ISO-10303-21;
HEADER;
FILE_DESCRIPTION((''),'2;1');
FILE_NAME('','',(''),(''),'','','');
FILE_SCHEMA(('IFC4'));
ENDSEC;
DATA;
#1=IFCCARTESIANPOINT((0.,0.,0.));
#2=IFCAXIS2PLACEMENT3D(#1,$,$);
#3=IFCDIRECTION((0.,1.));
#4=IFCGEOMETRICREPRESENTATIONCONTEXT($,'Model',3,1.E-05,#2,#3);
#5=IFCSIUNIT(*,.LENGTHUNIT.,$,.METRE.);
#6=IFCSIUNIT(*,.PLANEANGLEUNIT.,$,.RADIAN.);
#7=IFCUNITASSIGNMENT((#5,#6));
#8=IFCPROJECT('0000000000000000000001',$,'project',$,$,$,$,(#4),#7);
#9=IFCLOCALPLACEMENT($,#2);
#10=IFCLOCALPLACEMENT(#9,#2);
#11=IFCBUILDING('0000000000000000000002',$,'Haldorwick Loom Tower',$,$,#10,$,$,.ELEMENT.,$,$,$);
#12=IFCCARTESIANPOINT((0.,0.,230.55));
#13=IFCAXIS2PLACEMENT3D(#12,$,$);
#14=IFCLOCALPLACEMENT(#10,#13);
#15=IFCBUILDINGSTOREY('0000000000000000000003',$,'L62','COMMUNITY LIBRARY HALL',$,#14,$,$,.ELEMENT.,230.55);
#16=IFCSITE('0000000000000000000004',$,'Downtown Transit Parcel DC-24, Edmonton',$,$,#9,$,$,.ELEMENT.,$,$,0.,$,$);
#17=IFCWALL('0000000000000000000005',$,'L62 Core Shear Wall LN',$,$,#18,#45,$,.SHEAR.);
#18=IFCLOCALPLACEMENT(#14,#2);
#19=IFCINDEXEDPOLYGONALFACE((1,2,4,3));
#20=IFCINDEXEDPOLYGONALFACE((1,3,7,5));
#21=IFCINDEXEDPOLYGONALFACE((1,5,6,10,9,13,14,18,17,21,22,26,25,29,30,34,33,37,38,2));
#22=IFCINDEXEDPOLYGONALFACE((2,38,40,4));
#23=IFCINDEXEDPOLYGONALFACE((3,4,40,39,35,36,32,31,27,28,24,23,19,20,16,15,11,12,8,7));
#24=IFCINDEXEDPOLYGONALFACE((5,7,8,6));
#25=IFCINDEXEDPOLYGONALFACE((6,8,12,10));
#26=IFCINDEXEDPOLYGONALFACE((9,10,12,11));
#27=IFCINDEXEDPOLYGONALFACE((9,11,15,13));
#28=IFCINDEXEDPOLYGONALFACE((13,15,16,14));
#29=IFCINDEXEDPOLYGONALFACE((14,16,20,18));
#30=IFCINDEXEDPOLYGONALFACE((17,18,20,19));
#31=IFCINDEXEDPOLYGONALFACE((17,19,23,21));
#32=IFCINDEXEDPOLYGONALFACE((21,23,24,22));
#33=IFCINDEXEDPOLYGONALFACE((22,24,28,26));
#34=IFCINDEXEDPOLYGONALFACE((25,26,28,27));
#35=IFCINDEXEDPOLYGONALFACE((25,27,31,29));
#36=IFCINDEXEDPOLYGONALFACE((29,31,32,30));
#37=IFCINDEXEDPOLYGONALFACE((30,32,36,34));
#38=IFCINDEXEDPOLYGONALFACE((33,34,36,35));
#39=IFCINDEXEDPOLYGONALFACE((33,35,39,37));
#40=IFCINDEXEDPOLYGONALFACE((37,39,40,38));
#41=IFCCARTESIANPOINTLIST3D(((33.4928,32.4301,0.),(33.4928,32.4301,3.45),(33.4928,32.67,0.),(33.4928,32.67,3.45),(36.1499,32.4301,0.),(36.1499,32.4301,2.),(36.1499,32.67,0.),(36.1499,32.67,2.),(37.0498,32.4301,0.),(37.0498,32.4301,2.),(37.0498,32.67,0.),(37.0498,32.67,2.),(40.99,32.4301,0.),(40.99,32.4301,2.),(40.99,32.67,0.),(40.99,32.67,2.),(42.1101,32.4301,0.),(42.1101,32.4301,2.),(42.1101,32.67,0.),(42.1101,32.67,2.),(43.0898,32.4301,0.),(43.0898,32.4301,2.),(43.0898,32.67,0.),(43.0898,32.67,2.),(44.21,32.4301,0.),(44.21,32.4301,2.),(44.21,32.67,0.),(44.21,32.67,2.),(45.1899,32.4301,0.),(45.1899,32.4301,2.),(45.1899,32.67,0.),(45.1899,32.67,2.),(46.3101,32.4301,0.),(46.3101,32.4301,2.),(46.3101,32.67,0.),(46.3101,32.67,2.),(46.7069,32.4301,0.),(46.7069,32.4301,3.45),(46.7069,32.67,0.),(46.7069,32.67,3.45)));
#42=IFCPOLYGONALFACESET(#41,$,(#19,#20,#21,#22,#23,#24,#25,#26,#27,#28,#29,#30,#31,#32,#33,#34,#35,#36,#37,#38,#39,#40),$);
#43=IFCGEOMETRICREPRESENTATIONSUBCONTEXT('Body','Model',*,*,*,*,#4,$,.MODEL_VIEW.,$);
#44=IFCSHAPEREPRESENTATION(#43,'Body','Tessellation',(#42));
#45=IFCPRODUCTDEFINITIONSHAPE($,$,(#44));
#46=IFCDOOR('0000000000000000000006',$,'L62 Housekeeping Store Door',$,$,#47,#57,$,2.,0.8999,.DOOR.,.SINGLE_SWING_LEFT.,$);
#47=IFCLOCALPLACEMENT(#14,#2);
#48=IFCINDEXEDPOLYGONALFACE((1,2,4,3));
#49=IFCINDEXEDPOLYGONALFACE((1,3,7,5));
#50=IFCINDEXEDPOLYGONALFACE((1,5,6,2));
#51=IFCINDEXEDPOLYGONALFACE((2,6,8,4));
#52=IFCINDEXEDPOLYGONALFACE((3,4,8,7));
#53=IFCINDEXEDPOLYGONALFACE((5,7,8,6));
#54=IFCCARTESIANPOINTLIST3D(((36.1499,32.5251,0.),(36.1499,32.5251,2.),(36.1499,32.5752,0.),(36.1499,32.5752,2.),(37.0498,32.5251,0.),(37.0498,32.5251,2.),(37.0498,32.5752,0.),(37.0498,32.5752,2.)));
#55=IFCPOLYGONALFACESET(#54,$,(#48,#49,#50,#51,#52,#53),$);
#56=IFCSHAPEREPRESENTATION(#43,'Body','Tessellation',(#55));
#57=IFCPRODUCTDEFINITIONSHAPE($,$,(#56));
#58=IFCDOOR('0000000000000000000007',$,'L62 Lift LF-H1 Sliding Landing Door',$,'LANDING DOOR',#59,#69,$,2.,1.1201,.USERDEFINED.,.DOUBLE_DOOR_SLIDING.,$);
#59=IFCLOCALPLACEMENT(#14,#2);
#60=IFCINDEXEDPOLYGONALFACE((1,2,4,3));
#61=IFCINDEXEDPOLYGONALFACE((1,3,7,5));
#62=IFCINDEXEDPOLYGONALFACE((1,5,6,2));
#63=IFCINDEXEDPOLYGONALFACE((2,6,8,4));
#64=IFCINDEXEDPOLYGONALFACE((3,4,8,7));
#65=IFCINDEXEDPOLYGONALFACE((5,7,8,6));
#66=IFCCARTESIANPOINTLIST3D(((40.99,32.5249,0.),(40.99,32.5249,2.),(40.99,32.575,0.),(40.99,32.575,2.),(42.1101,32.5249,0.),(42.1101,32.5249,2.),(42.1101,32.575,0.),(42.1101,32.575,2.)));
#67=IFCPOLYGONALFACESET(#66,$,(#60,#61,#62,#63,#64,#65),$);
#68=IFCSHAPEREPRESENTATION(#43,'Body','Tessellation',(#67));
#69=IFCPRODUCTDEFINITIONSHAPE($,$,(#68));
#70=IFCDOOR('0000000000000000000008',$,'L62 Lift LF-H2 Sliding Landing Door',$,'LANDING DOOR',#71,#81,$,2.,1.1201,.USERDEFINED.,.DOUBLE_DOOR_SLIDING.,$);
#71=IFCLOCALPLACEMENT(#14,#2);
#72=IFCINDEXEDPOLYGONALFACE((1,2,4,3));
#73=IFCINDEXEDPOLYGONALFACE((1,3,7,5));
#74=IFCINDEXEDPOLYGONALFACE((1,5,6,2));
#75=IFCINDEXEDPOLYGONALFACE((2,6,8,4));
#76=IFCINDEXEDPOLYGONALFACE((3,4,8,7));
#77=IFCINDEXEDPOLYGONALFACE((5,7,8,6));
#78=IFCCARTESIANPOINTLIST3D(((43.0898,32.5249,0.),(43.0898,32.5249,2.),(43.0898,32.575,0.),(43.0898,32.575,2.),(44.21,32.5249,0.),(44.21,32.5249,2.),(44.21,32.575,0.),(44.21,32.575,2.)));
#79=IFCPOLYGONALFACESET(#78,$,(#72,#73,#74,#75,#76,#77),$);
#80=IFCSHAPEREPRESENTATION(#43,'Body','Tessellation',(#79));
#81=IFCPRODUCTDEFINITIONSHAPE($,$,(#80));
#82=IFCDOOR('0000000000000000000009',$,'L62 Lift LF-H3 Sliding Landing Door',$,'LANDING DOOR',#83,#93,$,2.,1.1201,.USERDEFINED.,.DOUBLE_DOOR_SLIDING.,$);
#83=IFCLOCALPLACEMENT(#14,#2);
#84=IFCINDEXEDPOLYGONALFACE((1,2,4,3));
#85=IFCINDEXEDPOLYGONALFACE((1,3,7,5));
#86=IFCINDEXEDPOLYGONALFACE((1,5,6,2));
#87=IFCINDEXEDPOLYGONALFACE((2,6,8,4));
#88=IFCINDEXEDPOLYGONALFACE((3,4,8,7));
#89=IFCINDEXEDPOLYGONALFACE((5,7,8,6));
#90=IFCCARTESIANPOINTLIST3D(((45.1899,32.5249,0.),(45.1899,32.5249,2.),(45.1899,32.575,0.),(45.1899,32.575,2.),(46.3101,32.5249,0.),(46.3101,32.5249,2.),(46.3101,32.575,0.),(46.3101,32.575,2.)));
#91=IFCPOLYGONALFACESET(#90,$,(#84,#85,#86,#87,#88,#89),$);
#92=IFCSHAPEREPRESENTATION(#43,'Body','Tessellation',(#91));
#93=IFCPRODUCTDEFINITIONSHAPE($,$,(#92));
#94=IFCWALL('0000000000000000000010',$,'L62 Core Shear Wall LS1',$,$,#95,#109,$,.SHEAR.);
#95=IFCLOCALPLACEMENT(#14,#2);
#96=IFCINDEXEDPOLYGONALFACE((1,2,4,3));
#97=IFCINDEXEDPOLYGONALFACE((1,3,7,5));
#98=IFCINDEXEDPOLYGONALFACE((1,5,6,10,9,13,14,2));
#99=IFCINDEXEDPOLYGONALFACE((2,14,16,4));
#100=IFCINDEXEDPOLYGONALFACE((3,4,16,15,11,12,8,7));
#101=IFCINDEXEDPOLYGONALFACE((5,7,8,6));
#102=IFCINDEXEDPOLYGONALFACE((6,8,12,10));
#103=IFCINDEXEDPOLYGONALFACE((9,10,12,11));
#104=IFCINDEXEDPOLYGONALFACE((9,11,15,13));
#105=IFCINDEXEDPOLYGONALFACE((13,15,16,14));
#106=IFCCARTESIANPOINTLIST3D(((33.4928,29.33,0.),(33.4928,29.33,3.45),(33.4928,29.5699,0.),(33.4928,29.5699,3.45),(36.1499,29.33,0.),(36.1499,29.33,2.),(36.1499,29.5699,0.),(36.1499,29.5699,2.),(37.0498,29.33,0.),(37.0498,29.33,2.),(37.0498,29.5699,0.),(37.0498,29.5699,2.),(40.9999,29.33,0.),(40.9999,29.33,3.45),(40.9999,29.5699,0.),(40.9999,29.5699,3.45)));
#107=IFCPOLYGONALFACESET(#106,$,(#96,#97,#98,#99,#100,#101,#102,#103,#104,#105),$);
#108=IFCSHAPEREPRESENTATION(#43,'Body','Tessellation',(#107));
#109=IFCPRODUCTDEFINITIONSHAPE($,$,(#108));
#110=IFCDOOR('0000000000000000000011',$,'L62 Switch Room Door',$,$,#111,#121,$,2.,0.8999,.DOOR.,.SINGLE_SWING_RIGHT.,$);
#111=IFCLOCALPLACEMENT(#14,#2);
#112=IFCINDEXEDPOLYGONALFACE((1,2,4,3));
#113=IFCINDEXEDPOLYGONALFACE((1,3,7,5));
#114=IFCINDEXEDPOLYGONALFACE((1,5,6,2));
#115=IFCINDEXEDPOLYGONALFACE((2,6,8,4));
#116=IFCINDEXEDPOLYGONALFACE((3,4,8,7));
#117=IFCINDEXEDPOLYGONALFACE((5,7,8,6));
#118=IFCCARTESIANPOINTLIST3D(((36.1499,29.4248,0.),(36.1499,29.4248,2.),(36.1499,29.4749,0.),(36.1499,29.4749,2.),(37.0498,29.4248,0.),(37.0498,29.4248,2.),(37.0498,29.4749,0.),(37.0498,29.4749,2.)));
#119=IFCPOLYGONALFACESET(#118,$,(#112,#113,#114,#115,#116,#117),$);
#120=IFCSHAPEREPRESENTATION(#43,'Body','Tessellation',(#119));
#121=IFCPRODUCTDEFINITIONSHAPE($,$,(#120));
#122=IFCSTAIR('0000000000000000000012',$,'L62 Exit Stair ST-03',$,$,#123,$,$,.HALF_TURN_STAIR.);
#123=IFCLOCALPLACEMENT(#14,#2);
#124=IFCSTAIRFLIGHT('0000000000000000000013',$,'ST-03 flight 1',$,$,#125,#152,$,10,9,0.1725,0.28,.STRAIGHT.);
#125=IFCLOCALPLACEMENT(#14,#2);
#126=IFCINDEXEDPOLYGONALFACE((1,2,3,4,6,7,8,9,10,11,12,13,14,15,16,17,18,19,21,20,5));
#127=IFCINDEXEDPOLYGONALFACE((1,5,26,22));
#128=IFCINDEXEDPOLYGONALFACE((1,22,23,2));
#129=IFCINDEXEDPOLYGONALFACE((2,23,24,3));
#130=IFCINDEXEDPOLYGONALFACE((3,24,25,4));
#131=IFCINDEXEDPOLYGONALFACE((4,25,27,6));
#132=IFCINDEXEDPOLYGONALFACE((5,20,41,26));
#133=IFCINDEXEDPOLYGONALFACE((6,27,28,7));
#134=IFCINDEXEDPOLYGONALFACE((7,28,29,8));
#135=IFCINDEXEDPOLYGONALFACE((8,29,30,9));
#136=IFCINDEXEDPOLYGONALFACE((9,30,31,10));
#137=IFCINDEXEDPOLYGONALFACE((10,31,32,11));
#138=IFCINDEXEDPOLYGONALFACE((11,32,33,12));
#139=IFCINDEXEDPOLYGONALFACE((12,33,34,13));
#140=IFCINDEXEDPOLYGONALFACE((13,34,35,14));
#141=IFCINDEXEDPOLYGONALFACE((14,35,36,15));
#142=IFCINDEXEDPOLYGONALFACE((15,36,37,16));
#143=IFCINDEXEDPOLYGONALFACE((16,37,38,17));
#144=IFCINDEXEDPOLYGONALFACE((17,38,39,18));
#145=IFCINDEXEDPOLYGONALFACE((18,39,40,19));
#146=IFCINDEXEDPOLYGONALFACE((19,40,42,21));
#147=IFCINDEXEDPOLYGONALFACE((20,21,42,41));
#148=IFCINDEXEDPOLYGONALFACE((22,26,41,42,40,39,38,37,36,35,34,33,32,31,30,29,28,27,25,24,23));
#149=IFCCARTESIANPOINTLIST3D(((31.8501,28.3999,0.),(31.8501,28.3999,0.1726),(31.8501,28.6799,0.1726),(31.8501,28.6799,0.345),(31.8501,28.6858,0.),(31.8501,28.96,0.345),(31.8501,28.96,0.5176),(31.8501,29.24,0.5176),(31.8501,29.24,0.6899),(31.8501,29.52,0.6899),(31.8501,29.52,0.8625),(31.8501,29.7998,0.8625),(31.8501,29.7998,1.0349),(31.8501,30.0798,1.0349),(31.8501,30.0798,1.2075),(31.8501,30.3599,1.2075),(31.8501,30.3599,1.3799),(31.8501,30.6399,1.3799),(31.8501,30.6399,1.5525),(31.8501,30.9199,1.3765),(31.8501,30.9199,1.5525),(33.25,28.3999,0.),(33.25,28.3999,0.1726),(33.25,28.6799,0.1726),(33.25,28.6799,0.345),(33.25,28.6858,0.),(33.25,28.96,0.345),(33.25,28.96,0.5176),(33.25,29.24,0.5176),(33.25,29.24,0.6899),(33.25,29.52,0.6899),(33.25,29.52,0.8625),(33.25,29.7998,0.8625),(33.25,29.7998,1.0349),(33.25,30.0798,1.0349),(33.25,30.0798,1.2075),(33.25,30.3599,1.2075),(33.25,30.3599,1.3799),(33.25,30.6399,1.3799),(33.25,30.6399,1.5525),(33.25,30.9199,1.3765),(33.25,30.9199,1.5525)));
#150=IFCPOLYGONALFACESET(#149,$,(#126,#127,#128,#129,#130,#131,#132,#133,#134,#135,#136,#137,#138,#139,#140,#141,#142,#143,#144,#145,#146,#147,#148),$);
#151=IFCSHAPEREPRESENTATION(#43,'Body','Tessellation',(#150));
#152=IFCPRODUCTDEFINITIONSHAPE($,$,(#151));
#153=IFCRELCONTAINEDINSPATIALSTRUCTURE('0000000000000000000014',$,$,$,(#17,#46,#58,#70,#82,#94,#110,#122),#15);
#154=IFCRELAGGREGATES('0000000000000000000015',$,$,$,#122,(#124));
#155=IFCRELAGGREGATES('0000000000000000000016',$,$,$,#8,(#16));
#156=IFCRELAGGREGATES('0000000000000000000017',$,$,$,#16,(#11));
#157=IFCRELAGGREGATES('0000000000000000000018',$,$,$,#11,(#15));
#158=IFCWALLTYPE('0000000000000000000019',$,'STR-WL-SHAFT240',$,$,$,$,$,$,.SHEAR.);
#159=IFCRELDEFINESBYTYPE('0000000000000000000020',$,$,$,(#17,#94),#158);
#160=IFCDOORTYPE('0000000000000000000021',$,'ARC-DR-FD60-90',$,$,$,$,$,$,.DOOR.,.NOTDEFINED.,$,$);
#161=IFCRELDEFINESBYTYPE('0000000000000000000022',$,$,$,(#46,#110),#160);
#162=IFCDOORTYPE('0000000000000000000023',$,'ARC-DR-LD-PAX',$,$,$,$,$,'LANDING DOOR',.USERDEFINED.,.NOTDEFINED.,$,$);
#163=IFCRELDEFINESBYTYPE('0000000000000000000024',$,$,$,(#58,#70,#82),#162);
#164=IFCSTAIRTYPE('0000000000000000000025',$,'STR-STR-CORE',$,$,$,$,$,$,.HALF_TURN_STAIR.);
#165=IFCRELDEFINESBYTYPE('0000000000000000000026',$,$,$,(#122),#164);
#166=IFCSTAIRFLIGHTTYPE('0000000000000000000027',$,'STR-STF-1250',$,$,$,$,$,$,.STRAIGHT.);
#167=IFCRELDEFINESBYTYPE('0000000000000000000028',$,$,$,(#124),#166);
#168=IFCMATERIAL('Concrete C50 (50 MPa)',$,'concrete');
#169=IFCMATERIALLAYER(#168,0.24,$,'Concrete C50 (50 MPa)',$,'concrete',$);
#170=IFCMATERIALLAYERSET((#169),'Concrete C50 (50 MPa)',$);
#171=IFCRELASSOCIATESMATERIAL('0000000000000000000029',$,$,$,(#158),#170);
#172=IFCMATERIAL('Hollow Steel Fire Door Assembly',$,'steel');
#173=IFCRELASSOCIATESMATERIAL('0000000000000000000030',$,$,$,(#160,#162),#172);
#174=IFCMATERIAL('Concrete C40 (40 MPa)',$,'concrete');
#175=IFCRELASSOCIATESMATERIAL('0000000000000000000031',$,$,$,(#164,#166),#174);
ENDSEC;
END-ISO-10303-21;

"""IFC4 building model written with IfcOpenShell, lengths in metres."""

from ifc_helpers import new_model, si_unit, direction, frame, frame_2d, origin, place, context, subcontext, project, spatial, polyline, rectangle, outline, extrude, material, layer, layer_set, type_object, element, fill, aggregate, save


model = new_model("IFC4")

# Units and contexts
model_context = context("Model", 3, precision=1e-05, world=origin(), true_north=direction((0.0, 1.0)))
body_context = subcontext(model_context, "Body", "Model", "MODEL_VIEW")
ifc_project = project(units=[si_unit("LENGTHUNIT", "METRE"), si_unit("PLANEANGLEUNIT", "RADIAN")], contexts=[model_context])

# Site, building, storey
site_placement = place(None, origin())
site = spatial("IfcSite", under=ifc_project, at=site_placement, Name="Downtown Transit Parcel DC-24, Edmonton", CompositionType="ELEMENT", RefElevation=0.0)
building_placement = place(site_placement, origin())
building = spatial("IfcBuilding", under=site, at=building_placement, Name="Haldorwick Loom Tower", CompositionType="ELEMENT")
storey_placement = place(building_placement, frame((0.0, 0.0, 230.55)))
storey = spatial("IfcBuildingStorey", under=building, at=storey_placement, Name="L62", Description="COMMUNITY LIBRARY HALL", CompositionType="ELEMENT", Elevation=230.55)

# Shared definitions
ifc_material_1 = material(Name="Concrete C50 (50 MPa)", Category="concrete")
ifc_layer = layer(ifc_material_1, 0.24, Name="Concrete C50 (50 MPa)", Category="concrete")
ifc_layer_set = layer_set([ifc_layer], Name="Concrete C50 (50 MPa)")
wall_type = type_object("IfcWallType", Name="STR-WL-SHAFT240", PredefinedType="SHEAR", material=ifc_layer_set)

# Shared definitions
ifc_material_2 = material(Name="Hollow Steel Fire Door Assembly", Category="steel")

# Wall, openings, doors
wall_1_placement = place(storey_placement, frame((33.4929, 32.55, 0.0), z_axis=(0.0, 0.0, 1.0), x_axis=(1.0, 0.0, 0.0)))
wall_1 = element("IfcWall", 1, at=wall_1_placement, inside=storey, type_object=wall_type, Name="L62 Core Shear Wall LN", PredefinedType="SHEAR", context=body_context, shape_type="SweptSolid", body=[
    extrude(rectangle(XDim=13.2141, YDim=0.24, at=frame_2d((6.6069, 0.0))), origin(), (0.0, 0.0, 1.0), 3.45),
])
opening_1_placement = place(wall_1_placement, frame((2.657, 0.0, 0.0)))
opening_1 = element("IfcOpeningElement", 2, at=opening_1_placement, cuts=wall_1, PredefinedType="OPENING", context=body_context, shape_type="SweptSolid", body=[
    extrude(rectangle(XDim=0.8999, YDim=2.0, at=frame_2d((0.45, 1.0))), frame((0.0, 0.1299, 0.0), z_axis=(0.0, -1.0, 0.0), x_axis=(1.0, 0.0, 0.0)), (0.0, 0.0, 1.0), 0.26),
])
opening_2_placement = place(wall_1_placement, frame((7.4971, 0.0, 0.0)))
opening_2 = element("IfcOpeningElement", 3, at=opening_2_placement, cuts=wall_1, PredefinedType="OPENING", context=body_context, shape_type="SweptSolid", body=[
    extrude(rectangle(XDim=1.1201, YDim=2.0, at=frame_2d((0.5601, 1.0))), frame((0.0, 0.1299, 0.0), z_axis=(0.0, -1.0, 0.0), x_axis=(1.0, 0.0, 0.0)), (0.0, 0.0, 1.0), 0.26),
])
opening_3_placement = place(wall_1_placement, frame((9.5969, 0.0, 0.0)))
opening_3 = element("IfcOpeningElement", 4, at=opening_3_placement, cuts=wall_1, PredefinedType="OPENING", context=body_context, shape_type="SweptSolid", body=[
    extrude(rectangle(XDim=1.1201, YDim=2.0, at=frame_2d((0.5601, 1.0))), frame((0.0, 0.1299, 0.0), z_axis=(0.0, -1.0, 0.0), x_axis=(1.0, 0.0, 0.0)), (0.0, 0.0, 1.0), 0.26),
])
opening_4_placement = place(wall_1_placement, frame((11.697, 0.0, 0.0)))
opening_4 = element("IfcOpeningElement", 5, at=opening_4_placement, cuts=wall_1, PredefinedType="OPENING", context=body_context, shape_type="SweptSolid", body=[
    extrude(rectangle(XDim=1.1201, YDim=2.0, at=frame_2d((0.5601, 1.0))), frame((0.0, 0.1299, 0.0), z_axis=(0.0, -1.0, 0.0), x_axis=(1.0, 0.0, 0.0)), (0.0, 0.0, 1.0), 0.26),
])
door_type_1 = type_object("IfcDoorType", Name="ARC-DR-FD60-90", OperationType="NOTDEFINED", PredefinedType="DOOR", material=ifc_material_2)
door_1_placement = place(opening_1_placement, frame((0.8999, 0.0, 0.0), z_axis=(0.0, 0.0, 1.0), x_axis=(-1.0, 0.0, 0.0)))
door_1 = element("IfcDoor", 6, at=door_1_placement, inside=storey, type_object=door_type_1, Name="L62 Housekeeping Store Door", OperationType="SINGLE_SWING_LEFT", OverallHeight=2.0, OverallWidth=0.8999, PredefinedType="DOOR", context=body_context, shape_type="SweptSolid", body=[
    extrude(rectangle(XDim=0.8999, YDim=2.0, at=frame_2d((0.45, 1.0))), frame((0.0, 0.0249, 0.0), z_axis=(0.0, -1.0, 0.0), x_axis=(1.0, 0.0, 0.0)), (0.0, 0.0, 1.0), 0.05),
])
fill(opening_1, door_1)
door_type_2 = type_object("IfcDoorType", Name="ARC-DR-LD-PAX", ElementType="LANDING DOOR", OperationType="NOTDEFINED", PredefinedType="USERDEFINED", material=ifc_material_2)
door_2_placement = place(opening_2_placement, origin())
door_2 = element("IfcDoor", 7, at=door_2_placement, inside=storey, type_object=door_type_2, Name="L62 Lift LF-H1 Sliding Landing Door", ObjectType="LANDING DOOR", OperationType="DOUBLE_DOOR_SLIDING", OverallHeight=2.0, OverallWidth=1.1201, PredefinedType="USERDEFINED", context=body_context, shape_type="SweptSolid", body=[
    extrude(rectangle(XDim=1.1201, YDim=2.0, at=frame_2d((0.5601, 1.0))), frame((0.0, 0.0249, 0.0), z_axis=(0.0, -1.0, 0.0), x_axis=(1.0, 0.0, 0.0)), (0.0, 0.0, 1.0), 0.05),
])
fill(opening_2, door_2)
door_3_placement = place(opening_3_placement, origin())
door_3 = element("IfcDoor", 8, at=door_3_placement, inside=storey, type_object=door_type_2, Name="L62 Lift LF-H2 Sliding Landing Door", ObjectType="LANDING DOOR", OperationType="DOUBLE_DOOR_SLIDING", OverallHeight=2.0, OverallWidth=1.1201, PredefinedType="USERDEFINED", context=body_context, shape_type="SweptSolid", body=[
    extrude(rectangle(XDim=1.1201, YDim=2.0, at=frame_2d((0.5601, 1.0))), frame((0.0, 0.0249, 0.0), z_axis=(0.0, -1.0, 0.0), x_axis=(1.0, 0.0, 0.0)), (0.0, 0.0, 1.0), 0.05),
])
fill(opening_3, door_3)
door_4_placement = place(opening_4_placement, origin())
door_4 = element("IfcDoor", 9, at=door_4_placement, inside=storey, type_object=door_type_2, Name="L62 Lift LF-H3 Sliding Landing Door", ObjectType="LANDING DOOR", OperationType="DOUBLE_DOOR_SLIDING", OverallHeight=2.0, OverallWidth=1.1201, PredefinedType="USERDEFINED", context=body_context, shape_type="SweptSolid", body=[
    extrude(rectangle(XDim=1.1201, YDim=2.0, at=frame_2d((0.5601, 1.0))), frame((0.0, 0.0249, 0.0), z_axis=(0.0, -1.0, 0.0), x_axis=(1.0, 0.0, 0.0)), (0.0, 0.0, 1.0), 0.05),
])
fill(opening_4, door_4)

# Wall, opening, door
wall_2_placement = place(storey_placement, frame((33.4929, 29.45, 0.0), z_axis=(0.0, 0.0, 1.0), x_axis=(1.0, 0.0, 0.0)))
wall_2 = element("IfcWall", 10, at=wall_2_placement, inside=storey, type_object=wall_type, Name="L62 Core Shear Wall LS1", PredefinedType="SHEAR", context=body_context, shape_type="SweptSolid", body=[
    extrude(rectangle(XDim=7.5071, YDim=0.24, at=frame_2d((3.7534, 0.0))), origin(), (0.0, 0.0, 1.0), 3.45),
])
opening_5_placement = place(wall_2_placement, frame((2.657, 0.0, 0.0)))
opening_5 = element("IfcOpeningElement", 11, at=opening_5_placement, cuts=wall_2, PredefinedType="OPENING", context=body_context, shape_type="SweptSolid", body=[
    extrude(rectangle(XDim=0.8999, YDim=2.0, at=frame_2d((0.45, 1.0))), frame((0.0, 0.1299, 0.0), z_axis=(0.0, -1.0, 0.0), x_axis=(1.0, 0.0, 0.0)), (0.0, 0.0, 1.0), 0.26),
])
door_5_placement = place(opening_5_placement, origin())
door_5 = element("IfcDoor", 12, at=door_5_placement, inside=storey, type_object=door_type_1, Name="L62 Switch Room Door", OperationType="SINGLE_SWING_RIGHT", OverallHeight=2.0, OverallWidth=0.8999, PredefinedType="DOOR", context=body_context, shape_type="SweptSolid", body=[
    extrude(rectangle(XDim=0.8999, YDim=2.0, at=frame_2d((0.45, 1.0))), frame((0.0, 0.0249, 0.0), z_axis=(0.0, -1.0, 0.0), x_axis=(1.0, 0.0, 0.0)), (0.0, 0.0, 1.0), 0.05),
])
fill(opening_5, door_5)

# Stair, stair flight
ifc_material_3 = material(Name="Concrete C40 (40 MPa)", Category="concrete")
stair_type = type_object("IfcStairType", Name="STR-STR-CORE", PredefinedType="HALF_TURN_STAIR", material=ifc_material_3)
stair_placement = place(storey_placement, origin())
stair = element("IfcStair", 13, at=stair_placement, inside=storey, type_object=stair_type, Name="L62 Exit Stair ST-03", PredefinedType="HALF_TURN_STAIR")
stair_flight_type = type_object("IfcStairFlightType", Name="STR-STF-1250", PredefinedType="STRAIGHT", material=ifc_material_3)
stair_flight_1_placement = place(storey_placement, frame((32.55, 28.3999, 0.0), z_axis=(0.0, 0.0, 1.0), x_axis=(0.0, 1.0, 0.0)))
stair_flight_1 = element("IfcStairFlight", 14, at=stair_flight_1_placement, type_object=stair_flight_type, Name="ST-03 flight 1", NumberOfRisers=10, NumberOfTreads=9, PredefinedType="STRAIGHT", RiserHeight=0.1725, TreadLength=0.28, context=body_context, shape_type="SweptSolid", body=[
    extrude(outline(polyline([(0.0, 0.0), (0.0, 0.1726), (0.28, 0.1726), (0.28, 0.345), (0.5601, 0.345), (0.5601, 0.5176), (0.8401, 0.5176), (0.8401, 0.6899), (1.1201, 0.6899), (1.1201, 0.8625), (1.3999, 0.8625), (1.3999, 1.0349), (1.6799, 1.0349), (1.6799, 1.2075), (1.96, 1.2075), (1.96, 1.3799), (2.24, 1.3799), (2.24, 1.5525), (2.52, 1.5525), (2.52, 1.7251), (2.52, 1.3765), (0.2859, 0.0), (0.0, 0.0)])), frame((0.0, 0.7, 0.0), z_axis=(0.0, -1.0, 0.0), x_axis=(1.0, 0.0, 0.0)), (0.0, 0.0, 1.0), 1.3999),
])
aggregate(stair, [stair_flight_1])

save(model, "model.ifc")
